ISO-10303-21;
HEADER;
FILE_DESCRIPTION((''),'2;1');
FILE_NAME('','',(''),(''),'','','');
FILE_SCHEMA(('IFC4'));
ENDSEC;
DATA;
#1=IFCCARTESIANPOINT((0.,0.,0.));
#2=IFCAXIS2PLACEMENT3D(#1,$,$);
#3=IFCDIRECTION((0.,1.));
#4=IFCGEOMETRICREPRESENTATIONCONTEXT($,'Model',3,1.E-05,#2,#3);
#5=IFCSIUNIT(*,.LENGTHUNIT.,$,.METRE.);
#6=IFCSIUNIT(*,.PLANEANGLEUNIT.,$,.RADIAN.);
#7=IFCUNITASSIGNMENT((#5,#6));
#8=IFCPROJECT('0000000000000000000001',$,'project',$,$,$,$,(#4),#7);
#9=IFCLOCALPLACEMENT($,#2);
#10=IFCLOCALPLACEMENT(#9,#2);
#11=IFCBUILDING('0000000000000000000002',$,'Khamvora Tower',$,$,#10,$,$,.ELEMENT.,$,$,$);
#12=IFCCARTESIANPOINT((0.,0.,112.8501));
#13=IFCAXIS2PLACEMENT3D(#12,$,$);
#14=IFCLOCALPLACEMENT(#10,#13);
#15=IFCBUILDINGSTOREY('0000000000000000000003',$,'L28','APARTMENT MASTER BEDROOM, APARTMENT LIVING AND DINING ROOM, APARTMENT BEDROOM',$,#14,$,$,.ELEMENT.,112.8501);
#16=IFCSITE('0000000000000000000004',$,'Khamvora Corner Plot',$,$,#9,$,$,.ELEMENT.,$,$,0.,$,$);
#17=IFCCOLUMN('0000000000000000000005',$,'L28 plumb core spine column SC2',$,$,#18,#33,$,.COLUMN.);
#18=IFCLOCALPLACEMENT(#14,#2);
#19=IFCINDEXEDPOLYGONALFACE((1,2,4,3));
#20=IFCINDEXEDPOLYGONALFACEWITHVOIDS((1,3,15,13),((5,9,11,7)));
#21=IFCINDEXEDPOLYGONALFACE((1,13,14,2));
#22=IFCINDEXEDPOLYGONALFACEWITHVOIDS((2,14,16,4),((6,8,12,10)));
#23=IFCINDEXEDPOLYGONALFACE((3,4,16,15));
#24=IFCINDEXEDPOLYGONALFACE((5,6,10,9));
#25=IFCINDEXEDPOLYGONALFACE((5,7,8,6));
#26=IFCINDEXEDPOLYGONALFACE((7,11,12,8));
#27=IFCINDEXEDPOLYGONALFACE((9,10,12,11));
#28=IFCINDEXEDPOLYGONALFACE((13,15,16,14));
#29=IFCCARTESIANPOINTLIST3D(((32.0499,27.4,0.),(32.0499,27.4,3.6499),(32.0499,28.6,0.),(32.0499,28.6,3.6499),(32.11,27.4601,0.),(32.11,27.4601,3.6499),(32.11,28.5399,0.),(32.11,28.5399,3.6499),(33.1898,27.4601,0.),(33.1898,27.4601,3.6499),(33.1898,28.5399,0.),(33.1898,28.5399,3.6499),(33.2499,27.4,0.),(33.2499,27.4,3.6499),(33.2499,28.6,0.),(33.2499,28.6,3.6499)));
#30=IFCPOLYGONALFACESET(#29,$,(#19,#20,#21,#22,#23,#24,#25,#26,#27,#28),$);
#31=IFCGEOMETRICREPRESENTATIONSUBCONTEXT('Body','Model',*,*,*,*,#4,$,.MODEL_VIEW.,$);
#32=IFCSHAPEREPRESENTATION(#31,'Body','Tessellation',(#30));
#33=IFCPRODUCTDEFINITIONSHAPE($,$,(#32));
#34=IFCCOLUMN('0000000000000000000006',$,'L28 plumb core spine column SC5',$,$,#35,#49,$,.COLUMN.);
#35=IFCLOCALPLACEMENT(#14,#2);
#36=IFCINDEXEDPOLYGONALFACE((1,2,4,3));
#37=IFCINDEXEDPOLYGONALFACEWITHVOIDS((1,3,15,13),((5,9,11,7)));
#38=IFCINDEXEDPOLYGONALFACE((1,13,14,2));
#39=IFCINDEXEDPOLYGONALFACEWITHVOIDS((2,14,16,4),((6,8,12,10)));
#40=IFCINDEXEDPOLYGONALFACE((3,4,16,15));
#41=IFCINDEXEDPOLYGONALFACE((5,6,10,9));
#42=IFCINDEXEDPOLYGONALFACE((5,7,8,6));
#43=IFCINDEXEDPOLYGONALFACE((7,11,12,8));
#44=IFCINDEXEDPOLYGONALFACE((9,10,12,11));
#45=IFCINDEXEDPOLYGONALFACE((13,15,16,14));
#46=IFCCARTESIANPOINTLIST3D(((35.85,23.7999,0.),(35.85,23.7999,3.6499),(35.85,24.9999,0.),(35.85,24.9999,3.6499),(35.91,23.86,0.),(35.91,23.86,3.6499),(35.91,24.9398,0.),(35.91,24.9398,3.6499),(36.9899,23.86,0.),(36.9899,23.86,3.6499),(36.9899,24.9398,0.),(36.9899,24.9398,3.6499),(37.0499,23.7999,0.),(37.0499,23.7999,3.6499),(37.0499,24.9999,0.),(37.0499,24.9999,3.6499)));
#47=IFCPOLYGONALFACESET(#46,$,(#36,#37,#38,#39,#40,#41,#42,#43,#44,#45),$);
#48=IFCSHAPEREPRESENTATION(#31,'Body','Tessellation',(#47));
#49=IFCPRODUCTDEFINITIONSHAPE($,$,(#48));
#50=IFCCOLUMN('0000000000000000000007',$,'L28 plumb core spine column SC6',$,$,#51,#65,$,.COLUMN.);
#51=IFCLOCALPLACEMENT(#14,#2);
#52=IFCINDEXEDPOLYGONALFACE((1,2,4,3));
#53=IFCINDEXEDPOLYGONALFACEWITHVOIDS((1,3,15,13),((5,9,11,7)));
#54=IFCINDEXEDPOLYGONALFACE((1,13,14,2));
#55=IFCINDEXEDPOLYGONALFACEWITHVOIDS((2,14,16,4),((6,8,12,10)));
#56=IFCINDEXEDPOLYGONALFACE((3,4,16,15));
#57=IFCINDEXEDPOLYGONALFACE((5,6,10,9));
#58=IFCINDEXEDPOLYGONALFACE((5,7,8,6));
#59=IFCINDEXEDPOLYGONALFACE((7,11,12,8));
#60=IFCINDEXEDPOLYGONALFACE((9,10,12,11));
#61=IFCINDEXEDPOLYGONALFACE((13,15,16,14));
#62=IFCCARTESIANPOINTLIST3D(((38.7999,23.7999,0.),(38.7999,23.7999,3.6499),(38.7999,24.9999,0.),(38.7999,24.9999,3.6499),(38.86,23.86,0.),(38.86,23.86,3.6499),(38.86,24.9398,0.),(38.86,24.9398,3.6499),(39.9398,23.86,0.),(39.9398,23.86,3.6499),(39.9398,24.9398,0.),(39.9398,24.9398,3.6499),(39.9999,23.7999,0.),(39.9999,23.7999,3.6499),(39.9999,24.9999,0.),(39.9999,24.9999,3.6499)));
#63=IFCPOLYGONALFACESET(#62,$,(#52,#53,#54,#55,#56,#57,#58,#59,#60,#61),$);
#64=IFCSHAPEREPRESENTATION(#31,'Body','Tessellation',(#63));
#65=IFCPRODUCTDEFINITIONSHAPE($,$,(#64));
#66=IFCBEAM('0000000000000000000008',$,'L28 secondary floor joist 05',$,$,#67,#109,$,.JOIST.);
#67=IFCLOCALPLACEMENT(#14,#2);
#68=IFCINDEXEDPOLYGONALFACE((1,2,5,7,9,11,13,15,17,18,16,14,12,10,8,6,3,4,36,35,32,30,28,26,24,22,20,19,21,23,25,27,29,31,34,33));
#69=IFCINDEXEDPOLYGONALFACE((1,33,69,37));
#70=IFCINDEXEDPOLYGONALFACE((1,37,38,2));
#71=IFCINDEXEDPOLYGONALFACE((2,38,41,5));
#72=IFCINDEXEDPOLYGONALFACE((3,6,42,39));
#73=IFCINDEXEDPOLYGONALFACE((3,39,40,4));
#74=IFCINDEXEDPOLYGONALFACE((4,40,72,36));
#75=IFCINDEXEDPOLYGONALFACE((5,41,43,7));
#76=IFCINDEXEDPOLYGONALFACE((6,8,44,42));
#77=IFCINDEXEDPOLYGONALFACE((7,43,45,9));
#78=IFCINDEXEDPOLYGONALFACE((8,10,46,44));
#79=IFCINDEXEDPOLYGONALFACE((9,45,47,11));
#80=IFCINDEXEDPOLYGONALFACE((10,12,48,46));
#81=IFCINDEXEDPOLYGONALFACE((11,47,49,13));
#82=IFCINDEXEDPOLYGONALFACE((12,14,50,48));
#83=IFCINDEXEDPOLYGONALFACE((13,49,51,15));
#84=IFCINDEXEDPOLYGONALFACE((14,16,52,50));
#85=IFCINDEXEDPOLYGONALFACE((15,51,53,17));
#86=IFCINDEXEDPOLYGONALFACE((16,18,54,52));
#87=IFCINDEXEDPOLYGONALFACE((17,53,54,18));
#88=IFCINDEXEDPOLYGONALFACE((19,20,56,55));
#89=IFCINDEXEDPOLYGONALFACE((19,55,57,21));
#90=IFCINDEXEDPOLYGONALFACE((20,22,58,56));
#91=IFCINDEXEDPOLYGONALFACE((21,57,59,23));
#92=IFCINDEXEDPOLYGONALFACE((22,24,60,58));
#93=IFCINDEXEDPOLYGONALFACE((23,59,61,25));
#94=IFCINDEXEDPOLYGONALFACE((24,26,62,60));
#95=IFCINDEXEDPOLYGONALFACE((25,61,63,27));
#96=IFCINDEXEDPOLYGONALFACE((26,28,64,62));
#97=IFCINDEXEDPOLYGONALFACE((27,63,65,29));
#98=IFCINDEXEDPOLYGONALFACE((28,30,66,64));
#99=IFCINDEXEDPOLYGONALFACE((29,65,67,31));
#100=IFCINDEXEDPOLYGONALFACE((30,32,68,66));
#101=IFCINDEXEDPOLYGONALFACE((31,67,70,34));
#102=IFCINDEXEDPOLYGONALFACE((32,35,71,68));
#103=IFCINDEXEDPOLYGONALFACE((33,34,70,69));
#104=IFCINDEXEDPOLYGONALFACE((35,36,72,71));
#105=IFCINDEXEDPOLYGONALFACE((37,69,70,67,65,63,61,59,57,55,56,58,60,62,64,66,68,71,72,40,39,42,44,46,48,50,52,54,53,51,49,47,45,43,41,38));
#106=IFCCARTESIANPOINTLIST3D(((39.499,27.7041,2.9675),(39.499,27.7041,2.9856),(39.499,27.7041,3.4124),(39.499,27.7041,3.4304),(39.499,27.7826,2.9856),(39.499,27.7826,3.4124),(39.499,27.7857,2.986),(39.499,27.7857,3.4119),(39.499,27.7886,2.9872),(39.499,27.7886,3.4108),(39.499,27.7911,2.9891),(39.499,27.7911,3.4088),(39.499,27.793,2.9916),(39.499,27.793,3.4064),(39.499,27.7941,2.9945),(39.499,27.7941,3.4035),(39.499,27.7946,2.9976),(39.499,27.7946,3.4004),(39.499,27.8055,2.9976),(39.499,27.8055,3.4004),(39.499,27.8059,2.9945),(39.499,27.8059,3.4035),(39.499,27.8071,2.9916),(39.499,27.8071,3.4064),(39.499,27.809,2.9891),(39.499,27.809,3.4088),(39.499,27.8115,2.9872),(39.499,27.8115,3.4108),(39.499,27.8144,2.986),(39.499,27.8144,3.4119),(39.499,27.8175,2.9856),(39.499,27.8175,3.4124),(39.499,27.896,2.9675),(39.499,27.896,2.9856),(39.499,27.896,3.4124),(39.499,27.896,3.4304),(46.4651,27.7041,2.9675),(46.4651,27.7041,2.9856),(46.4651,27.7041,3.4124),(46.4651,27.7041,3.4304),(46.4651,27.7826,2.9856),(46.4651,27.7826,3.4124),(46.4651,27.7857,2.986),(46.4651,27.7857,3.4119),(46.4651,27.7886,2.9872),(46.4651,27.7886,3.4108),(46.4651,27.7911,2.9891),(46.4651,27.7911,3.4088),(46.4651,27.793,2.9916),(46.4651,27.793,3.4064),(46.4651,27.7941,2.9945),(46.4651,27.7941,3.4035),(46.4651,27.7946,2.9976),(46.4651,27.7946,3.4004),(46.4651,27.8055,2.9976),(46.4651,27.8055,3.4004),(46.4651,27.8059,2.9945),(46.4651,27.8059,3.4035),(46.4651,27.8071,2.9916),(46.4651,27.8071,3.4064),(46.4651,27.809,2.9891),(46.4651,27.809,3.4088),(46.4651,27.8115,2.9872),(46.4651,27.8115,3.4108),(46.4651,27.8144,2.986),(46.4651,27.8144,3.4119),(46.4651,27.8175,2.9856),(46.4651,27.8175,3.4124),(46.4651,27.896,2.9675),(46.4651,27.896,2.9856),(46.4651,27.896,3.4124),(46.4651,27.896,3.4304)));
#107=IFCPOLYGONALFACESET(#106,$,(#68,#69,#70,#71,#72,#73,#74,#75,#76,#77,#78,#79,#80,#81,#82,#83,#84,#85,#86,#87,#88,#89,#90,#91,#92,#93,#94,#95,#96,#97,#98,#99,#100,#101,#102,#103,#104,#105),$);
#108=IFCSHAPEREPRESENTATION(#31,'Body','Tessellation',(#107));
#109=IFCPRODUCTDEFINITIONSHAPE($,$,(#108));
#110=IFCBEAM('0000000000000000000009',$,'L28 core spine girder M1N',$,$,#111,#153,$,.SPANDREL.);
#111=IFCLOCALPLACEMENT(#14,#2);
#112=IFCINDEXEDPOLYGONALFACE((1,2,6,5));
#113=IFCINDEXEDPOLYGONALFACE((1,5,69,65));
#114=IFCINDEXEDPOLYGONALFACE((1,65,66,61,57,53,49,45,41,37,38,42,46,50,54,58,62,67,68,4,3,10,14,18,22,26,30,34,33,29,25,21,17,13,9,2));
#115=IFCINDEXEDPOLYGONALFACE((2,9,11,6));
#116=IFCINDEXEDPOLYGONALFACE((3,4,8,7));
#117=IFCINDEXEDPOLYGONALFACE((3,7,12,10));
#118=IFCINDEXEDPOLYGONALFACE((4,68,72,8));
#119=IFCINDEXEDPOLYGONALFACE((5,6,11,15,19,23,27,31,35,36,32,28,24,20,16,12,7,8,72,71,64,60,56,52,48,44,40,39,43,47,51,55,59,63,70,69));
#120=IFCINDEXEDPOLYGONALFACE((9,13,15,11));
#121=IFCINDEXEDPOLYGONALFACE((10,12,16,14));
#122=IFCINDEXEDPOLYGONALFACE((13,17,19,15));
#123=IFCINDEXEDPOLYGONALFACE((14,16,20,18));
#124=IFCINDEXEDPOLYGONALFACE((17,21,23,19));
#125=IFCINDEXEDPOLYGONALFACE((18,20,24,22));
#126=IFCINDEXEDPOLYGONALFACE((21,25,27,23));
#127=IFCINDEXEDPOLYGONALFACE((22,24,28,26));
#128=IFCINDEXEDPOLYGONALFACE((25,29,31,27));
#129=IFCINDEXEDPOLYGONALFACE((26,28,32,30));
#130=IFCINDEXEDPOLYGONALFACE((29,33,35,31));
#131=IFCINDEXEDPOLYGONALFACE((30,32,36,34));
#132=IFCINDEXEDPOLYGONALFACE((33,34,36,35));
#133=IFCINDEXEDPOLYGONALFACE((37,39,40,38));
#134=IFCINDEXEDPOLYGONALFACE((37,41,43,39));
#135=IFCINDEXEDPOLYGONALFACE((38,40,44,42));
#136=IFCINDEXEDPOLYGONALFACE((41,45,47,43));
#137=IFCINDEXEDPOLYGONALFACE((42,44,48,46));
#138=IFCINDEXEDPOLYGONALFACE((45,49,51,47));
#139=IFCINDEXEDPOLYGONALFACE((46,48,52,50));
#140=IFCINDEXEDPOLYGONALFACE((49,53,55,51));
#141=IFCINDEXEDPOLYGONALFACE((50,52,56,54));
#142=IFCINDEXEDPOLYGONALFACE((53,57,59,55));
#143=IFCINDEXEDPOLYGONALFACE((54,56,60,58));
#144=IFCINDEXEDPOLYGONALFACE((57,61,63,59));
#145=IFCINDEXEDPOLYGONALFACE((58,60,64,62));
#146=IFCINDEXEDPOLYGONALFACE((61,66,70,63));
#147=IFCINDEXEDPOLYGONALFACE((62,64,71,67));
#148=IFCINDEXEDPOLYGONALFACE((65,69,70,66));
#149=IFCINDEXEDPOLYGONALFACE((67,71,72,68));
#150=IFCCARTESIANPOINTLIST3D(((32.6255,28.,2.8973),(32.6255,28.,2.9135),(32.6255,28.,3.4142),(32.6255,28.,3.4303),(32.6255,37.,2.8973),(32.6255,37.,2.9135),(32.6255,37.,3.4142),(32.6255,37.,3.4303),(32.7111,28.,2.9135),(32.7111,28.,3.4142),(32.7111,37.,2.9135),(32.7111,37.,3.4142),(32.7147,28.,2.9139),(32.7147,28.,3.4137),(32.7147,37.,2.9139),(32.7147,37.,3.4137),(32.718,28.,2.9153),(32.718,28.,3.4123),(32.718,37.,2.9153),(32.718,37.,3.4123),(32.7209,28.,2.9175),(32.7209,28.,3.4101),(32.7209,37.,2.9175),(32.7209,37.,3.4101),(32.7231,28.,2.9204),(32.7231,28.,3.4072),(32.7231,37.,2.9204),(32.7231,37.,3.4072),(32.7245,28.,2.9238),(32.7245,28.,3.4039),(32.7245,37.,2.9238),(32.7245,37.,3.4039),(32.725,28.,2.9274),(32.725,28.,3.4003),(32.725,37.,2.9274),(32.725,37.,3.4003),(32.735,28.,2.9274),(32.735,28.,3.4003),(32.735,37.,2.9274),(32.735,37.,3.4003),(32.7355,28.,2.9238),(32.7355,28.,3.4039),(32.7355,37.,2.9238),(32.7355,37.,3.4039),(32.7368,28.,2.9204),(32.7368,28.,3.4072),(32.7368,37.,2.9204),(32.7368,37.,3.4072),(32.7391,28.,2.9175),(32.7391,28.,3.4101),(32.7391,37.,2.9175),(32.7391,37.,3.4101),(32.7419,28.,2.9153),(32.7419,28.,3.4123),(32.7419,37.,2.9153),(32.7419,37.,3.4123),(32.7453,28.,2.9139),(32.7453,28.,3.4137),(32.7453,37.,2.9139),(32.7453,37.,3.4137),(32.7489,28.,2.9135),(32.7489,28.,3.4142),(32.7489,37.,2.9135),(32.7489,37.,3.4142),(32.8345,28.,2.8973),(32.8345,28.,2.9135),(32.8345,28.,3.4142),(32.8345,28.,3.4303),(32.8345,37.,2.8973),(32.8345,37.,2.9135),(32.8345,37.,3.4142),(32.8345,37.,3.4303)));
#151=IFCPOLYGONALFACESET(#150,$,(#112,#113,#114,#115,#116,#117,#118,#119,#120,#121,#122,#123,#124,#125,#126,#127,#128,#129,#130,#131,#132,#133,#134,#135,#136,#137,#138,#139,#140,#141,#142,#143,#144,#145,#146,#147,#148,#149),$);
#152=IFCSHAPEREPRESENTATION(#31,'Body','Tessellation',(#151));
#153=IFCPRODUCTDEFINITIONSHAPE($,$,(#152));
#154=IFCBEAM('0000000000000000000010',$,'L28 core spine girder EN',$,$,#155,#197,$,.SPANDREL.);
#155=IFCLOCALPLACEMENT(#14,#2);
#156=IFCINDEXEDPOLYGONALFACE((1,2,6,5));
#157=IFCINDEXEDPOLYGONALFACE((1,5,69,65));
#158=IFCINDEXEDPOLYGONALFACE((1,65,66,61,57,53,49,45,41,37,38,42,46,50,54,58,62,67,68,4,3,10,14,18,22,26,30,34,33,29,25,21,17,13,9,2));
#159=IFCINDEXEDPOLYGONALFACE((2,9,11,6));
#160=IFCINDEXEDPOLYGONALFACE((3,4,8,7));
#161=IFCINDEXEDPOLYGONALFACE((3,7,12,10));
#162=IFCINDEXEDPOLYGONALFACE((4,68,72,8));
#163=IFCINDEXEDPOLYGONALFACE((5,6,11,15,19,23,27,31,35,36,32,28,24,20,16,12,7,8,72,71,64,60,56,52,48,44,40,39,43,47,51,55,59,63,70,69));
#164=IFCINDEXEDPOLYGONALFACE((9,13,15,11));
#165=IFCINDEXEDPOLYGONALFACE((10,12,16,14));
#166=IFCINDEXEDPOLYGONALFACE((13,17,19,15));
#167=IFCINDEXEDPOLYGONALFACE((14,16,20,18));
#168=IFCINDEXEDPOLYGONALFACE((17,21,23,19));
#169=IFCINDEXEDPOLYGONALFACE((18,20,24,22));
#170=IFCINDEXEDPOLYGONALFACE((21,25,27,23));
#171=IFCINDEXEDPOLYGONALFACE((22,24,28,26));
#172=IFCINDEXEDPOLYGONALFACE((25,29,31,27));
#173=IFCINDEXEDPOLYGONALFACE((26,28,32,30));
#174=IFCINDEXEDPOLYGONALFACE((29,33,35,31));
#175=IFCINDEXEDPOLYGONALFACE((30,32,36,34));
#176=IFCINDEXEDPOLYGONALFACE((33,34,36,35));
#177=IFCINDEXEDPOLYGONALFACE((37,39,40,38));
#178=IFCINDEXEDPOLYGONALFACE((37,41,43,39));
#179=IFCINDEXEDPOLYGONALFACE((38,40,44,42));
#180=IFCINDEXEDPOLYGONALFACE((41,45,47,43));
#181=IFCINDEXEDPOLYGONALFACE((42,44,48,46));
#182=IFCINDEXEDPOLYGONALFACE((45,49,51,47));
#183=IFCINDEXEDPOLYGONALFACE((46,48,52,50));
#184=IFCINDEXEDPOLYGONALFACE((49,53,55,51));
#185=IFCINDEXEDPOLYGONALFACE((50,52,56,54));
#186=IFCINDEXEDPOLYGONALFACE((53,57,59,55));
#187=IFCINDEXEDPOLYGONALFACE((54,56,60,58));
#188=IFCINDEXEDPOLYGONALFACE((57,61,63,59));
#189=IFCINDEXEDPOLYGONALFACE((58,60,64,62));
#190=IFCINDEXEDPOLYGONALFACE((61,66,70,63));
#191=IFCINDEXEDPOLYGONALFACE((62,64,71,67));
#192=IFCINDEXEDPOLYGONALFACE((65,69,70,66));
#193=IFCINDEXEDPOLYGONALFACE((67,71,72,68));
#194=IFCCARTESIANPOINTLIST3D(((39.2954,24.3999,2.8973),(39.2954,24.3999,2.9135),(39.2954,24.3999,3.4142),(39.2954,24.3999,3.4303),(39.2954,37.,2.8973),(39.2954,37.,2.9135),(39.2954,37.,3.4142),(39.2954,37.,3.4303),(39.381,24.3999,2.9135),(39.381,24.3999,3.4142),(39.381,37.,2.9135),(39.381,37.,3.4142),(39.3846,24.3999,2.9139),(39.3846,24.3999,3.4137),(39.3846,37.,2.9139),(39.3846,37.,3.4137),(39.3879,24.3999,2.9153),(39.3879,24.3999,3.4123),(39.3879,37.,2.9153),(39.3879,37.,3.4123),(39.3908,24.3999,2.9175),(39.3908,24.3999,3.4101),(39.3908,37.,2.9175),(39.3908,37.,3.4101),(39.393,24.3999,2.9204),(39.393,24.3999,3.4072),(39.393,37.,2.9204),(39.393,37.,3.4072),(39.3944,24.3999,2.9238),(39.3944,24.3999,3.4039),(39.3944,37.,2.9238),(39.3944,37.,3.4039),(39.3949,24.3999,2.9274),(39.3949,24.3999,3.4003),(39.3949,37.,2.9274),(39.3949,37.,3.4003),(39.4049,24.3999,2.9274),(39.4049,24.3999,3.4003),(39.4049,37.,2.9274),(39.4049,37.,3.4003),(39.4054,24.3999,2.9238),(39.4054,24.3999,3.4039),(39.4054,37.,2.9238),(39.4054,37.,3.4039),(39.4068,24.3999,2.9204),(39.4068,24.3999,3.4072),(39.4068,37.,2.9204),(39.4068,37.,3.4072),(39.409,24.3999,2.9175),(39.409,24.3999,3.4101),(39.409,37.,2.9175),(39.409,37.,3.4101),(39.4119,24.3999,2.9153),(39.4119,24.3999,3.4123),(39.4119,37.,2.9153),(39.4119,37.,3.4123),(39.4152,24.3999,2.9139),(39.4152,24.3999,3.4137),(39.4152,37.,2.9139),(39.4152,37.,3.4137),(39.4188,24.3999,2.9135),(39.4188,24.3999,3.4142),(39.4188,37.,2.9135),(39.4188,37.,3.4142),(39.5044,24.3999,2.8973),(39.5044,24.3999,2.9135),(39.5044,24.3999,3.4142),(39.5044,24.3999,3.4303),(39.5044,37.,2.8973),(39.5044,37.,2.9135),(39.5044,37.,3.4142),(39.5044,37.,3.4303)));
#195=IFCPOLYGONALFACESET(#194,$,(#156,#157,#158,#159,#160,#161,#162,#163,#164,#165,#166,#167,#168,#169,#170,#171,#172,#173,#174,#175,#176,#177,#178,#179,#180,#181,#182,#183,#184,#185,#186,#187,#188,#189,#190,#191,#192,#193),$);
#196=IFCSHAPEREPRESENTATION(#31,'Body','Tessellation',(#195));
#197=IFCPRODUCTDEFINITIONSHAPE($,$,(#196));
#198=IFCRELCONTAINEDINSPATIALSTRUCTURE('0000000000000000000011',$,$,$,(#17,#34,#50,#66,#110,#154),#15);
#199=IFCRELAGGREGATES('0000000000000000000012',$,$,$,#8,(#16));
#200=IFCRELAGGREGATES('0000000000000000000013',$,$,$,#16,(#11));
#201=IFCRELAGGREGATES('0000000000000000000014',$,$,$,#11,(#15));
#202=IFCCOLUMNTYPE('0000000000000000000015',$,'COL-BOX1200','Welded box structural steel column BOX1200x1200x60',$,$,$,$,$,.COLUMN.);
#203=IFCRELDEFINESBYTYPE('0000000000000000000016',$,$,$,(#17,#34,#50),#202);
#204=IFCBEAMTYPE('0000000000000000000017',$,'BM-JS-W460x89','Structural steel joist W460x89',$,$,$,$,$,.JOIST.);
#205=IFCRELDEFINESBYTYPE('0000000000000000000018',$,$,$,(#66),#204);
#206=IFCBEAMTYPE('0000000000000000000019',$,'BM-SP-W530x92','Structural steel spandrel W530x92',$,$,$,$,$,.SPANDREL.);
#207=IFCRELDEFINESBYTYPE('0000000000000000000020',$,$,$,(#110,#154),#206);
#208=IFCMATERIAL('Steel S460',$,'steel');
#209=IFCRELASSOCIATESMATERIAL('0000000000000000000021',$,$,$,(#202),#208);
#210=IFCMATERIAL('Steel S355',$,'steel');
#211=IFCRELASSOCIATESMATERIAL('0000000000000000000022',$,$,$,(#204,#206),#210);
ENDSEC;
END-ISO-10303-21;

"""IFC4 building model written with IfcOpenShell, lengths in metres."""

from ifc_helpers import new_model, si_unit, direction, frame, origin, origin_2d, place, context, subcontext, project, spatial, hollow_rectangle, i_section, extrude, material, material_profile, profile_set, type_object, element, save


model = new_model("IFC4")

# Units and contexts
model_context = context("Model", 3, precision=1e-05, world=origin(), true_north=direction((0.0, 1.0)))
body_context = subcontext(model_context, "Body", "Model", "MODEL_VIEW")
ifc_project = project(units=[si_unit("LENGTHUNIT", "METRE"), si_unit("PLANEANGLEUNIT", "RADIAN")], contexts=[model_context])

# Site, building, storey
site_placement = place(None, origin())
site = spatial("IfcSite", under=ifc_project, at=site_placement, Name="Khamvora Corner Plot", CompositionType="ELEMENT", RefElevation=0.0)
building_placement = place(site_placement, origin())
building = spatial("IfcBuilding", under=site, at=building_placement, Name="Khamvora Tower", CompositionType="ELEMENT")
storey_placement = place(building_placement, frame((0.0, 0.0, 112.8501)))
storey = spatial("IfcBuildingStorey", under=building, at=storey_placement, Name="L28", Description="APARTMENT MASTER BEDROOM, APARTMENT LIVING AND DINING ROOM, APARTMENT BEDROOM", CompositionType="ELEMENT", Elevation=112.8501)

# Columns
ifc_material_1 = material(Name="Steel S460", Category="steel")
ifc_material_profile_1 = material_profile(ifc_material_1, hollow_rectangle(XDim=1.2, YDim=1.2, WallThickness=0.0601, at=origin_2d()), Name="BOX1200x1200x60")
ifc_profile_set_1 = profile_set([ifc_material_profile_1], Name="Steel S460")
column_type = type_object("IfcColumnType", Name="COL-BOX1200", Description="Welded box structural steel column BOX1200x1200x60", PredefinedType="COLUMN", material=ifc_profile_set_1)
for number, where, z_axis, x_axis, name in (
    (1, (32.6499, 28.0, 0.0), (0.0, 0.0, 1.0), (1.0, 0.0, 0.0), "L28 plumb core spine column SC2"),
    (2, (36.45, 24.3999, 0.0), (0.0, 0.0, 1.0), (1.0, 0.0, 0.0), "L28 plumb core spine column SC5"),
    (3, (39.3999, 24.3999, 0.0), (0.0, 0.0, 1.0), (1.0, 0.0, 0.0), "L28 plumb core spine column SC6"),
):
    element("IfcColumn", number, at=place(storey_placement, frame(where, z_axis=z_axis, x_axis=x_axis)), inside=storey, type_object=column_type, Name=name, PredefinedType="COLUMN", context=body_context, shape_type="SweptSolid", body=[
        extrude(hollow_rectangle(XDim=1.2, YDim=1.2, WallThickness=0.0601, at=origin_2d()), origin(), (0.0, 0.0, 1.0), 3.6499),
    ])

# Beams
ifc_material_2 = material(Name="Steel S355", Category="steel")
ifc_material_profile_2 = material_profile(ifc_material_2, i_section(OverallWidth=0.1919, OverallDepth=0.4629, WebThickness=0.011, FlangeThickness=0.0181, FilletRadius=0.012, at=origin_2d()), Name="W460x89")
ifc_profile_set_2 = profile_set([ifc_material_profile_2], Name="Steel S355")
beam_type_1 = type_object("IfcBeamType", Name="BM-JS-W460x89", Description="Structural steel joist W460x89", PredefinedType="JOIST", material=ifc_profile_set_2)
beam_1_placement = place(storey_placement, frame((39.499, 27.8, 3.199), z_axis=(1.0, 0.0, 0.0), x_axis=(0.0, 1.0, 0.0)))
element("IfcBeam", 4, at=beam_1_placement, inside=storey, type_object=beam_type_1, Name="L28 secondary floor joist 05", PredefinedType="JOIST", context=body_context, shape_type="SweptSolid", body=[
    extrude(i_section(OverallWidth=0.1919, OverallDepth=0.4629, WebThickness=0.011, FlangeThickness=0.0181, FilletRadius=0.012, at=origin_2d()), origin(), (0.0, 0.0, 1.0), 6.9661),
])
ifc_material_profile_3 = material_profile(ifc_material_2, i_section(OverallWidth=0.209, OverallDepth=0.533, WebThickness=0.01, FlangeThickness=0.0161, FilletRadius=0.0139, at=origin_2d()), Name="W530x92")
ifc_profile_set_3 = profile_set([ifc_material_profile_3], Name="Steel S355")
beam_type_2 = type_object("IfcBeamType", Name="BM-SP-W530x92", Description="Structural steel spandrel W530x92", PredefinedType="SPANDREL", material=ifc_profile_set_3)
beam_2_placement = place(storey_placement, frame((32.73, 28.0, 3.1638), z_axis=(0.0, 1.0, 0.0), x_axis=(-1.0, 0.0, 0.0)))
element("IfcBeam", 5, at=beam_2_placement, inside=storey, type_object=beam_type_2, Name="L28 core spine girder M1N", PredefinedType="SPANDREL", context=body_context, shape_type="SweptSolid", body=[
    extrude(i_section(OverallWidth=0.209, OverallDepth=0.533, WebThickness=0.01, FlangeThickness=0.0161, FilletRadius=0.0139, at=origin_2d()), origin(), (0.0, 0.0, 1.0), 9.0),
])
beam_3_placement = place(storey_placement, frame((39.3999, 24.3999, 3.1638), z_axis=(0.0, 1.0, 0.0), x_axis=(-1.0, 0.0, 0.0)))
element("IfcBeam", 6, at=beam_3_placement, inside=storey, type_object=beam_type_2, Name="L28 core spine girder EN", PredefinedType="SPANDREL", context=body_context, shape_type="SweptSolid", body=[
    extrude(i_section(OverallWidth=0.209, OverallDepth=0.533, WebThickness=0.01, FlangeThickness=0.0161, FilletRadius=0.0139, at=origin_2d()), origin(), (0.0, 0.0, 1.0), 12.6001),
])

save(model, "model.ifc")
